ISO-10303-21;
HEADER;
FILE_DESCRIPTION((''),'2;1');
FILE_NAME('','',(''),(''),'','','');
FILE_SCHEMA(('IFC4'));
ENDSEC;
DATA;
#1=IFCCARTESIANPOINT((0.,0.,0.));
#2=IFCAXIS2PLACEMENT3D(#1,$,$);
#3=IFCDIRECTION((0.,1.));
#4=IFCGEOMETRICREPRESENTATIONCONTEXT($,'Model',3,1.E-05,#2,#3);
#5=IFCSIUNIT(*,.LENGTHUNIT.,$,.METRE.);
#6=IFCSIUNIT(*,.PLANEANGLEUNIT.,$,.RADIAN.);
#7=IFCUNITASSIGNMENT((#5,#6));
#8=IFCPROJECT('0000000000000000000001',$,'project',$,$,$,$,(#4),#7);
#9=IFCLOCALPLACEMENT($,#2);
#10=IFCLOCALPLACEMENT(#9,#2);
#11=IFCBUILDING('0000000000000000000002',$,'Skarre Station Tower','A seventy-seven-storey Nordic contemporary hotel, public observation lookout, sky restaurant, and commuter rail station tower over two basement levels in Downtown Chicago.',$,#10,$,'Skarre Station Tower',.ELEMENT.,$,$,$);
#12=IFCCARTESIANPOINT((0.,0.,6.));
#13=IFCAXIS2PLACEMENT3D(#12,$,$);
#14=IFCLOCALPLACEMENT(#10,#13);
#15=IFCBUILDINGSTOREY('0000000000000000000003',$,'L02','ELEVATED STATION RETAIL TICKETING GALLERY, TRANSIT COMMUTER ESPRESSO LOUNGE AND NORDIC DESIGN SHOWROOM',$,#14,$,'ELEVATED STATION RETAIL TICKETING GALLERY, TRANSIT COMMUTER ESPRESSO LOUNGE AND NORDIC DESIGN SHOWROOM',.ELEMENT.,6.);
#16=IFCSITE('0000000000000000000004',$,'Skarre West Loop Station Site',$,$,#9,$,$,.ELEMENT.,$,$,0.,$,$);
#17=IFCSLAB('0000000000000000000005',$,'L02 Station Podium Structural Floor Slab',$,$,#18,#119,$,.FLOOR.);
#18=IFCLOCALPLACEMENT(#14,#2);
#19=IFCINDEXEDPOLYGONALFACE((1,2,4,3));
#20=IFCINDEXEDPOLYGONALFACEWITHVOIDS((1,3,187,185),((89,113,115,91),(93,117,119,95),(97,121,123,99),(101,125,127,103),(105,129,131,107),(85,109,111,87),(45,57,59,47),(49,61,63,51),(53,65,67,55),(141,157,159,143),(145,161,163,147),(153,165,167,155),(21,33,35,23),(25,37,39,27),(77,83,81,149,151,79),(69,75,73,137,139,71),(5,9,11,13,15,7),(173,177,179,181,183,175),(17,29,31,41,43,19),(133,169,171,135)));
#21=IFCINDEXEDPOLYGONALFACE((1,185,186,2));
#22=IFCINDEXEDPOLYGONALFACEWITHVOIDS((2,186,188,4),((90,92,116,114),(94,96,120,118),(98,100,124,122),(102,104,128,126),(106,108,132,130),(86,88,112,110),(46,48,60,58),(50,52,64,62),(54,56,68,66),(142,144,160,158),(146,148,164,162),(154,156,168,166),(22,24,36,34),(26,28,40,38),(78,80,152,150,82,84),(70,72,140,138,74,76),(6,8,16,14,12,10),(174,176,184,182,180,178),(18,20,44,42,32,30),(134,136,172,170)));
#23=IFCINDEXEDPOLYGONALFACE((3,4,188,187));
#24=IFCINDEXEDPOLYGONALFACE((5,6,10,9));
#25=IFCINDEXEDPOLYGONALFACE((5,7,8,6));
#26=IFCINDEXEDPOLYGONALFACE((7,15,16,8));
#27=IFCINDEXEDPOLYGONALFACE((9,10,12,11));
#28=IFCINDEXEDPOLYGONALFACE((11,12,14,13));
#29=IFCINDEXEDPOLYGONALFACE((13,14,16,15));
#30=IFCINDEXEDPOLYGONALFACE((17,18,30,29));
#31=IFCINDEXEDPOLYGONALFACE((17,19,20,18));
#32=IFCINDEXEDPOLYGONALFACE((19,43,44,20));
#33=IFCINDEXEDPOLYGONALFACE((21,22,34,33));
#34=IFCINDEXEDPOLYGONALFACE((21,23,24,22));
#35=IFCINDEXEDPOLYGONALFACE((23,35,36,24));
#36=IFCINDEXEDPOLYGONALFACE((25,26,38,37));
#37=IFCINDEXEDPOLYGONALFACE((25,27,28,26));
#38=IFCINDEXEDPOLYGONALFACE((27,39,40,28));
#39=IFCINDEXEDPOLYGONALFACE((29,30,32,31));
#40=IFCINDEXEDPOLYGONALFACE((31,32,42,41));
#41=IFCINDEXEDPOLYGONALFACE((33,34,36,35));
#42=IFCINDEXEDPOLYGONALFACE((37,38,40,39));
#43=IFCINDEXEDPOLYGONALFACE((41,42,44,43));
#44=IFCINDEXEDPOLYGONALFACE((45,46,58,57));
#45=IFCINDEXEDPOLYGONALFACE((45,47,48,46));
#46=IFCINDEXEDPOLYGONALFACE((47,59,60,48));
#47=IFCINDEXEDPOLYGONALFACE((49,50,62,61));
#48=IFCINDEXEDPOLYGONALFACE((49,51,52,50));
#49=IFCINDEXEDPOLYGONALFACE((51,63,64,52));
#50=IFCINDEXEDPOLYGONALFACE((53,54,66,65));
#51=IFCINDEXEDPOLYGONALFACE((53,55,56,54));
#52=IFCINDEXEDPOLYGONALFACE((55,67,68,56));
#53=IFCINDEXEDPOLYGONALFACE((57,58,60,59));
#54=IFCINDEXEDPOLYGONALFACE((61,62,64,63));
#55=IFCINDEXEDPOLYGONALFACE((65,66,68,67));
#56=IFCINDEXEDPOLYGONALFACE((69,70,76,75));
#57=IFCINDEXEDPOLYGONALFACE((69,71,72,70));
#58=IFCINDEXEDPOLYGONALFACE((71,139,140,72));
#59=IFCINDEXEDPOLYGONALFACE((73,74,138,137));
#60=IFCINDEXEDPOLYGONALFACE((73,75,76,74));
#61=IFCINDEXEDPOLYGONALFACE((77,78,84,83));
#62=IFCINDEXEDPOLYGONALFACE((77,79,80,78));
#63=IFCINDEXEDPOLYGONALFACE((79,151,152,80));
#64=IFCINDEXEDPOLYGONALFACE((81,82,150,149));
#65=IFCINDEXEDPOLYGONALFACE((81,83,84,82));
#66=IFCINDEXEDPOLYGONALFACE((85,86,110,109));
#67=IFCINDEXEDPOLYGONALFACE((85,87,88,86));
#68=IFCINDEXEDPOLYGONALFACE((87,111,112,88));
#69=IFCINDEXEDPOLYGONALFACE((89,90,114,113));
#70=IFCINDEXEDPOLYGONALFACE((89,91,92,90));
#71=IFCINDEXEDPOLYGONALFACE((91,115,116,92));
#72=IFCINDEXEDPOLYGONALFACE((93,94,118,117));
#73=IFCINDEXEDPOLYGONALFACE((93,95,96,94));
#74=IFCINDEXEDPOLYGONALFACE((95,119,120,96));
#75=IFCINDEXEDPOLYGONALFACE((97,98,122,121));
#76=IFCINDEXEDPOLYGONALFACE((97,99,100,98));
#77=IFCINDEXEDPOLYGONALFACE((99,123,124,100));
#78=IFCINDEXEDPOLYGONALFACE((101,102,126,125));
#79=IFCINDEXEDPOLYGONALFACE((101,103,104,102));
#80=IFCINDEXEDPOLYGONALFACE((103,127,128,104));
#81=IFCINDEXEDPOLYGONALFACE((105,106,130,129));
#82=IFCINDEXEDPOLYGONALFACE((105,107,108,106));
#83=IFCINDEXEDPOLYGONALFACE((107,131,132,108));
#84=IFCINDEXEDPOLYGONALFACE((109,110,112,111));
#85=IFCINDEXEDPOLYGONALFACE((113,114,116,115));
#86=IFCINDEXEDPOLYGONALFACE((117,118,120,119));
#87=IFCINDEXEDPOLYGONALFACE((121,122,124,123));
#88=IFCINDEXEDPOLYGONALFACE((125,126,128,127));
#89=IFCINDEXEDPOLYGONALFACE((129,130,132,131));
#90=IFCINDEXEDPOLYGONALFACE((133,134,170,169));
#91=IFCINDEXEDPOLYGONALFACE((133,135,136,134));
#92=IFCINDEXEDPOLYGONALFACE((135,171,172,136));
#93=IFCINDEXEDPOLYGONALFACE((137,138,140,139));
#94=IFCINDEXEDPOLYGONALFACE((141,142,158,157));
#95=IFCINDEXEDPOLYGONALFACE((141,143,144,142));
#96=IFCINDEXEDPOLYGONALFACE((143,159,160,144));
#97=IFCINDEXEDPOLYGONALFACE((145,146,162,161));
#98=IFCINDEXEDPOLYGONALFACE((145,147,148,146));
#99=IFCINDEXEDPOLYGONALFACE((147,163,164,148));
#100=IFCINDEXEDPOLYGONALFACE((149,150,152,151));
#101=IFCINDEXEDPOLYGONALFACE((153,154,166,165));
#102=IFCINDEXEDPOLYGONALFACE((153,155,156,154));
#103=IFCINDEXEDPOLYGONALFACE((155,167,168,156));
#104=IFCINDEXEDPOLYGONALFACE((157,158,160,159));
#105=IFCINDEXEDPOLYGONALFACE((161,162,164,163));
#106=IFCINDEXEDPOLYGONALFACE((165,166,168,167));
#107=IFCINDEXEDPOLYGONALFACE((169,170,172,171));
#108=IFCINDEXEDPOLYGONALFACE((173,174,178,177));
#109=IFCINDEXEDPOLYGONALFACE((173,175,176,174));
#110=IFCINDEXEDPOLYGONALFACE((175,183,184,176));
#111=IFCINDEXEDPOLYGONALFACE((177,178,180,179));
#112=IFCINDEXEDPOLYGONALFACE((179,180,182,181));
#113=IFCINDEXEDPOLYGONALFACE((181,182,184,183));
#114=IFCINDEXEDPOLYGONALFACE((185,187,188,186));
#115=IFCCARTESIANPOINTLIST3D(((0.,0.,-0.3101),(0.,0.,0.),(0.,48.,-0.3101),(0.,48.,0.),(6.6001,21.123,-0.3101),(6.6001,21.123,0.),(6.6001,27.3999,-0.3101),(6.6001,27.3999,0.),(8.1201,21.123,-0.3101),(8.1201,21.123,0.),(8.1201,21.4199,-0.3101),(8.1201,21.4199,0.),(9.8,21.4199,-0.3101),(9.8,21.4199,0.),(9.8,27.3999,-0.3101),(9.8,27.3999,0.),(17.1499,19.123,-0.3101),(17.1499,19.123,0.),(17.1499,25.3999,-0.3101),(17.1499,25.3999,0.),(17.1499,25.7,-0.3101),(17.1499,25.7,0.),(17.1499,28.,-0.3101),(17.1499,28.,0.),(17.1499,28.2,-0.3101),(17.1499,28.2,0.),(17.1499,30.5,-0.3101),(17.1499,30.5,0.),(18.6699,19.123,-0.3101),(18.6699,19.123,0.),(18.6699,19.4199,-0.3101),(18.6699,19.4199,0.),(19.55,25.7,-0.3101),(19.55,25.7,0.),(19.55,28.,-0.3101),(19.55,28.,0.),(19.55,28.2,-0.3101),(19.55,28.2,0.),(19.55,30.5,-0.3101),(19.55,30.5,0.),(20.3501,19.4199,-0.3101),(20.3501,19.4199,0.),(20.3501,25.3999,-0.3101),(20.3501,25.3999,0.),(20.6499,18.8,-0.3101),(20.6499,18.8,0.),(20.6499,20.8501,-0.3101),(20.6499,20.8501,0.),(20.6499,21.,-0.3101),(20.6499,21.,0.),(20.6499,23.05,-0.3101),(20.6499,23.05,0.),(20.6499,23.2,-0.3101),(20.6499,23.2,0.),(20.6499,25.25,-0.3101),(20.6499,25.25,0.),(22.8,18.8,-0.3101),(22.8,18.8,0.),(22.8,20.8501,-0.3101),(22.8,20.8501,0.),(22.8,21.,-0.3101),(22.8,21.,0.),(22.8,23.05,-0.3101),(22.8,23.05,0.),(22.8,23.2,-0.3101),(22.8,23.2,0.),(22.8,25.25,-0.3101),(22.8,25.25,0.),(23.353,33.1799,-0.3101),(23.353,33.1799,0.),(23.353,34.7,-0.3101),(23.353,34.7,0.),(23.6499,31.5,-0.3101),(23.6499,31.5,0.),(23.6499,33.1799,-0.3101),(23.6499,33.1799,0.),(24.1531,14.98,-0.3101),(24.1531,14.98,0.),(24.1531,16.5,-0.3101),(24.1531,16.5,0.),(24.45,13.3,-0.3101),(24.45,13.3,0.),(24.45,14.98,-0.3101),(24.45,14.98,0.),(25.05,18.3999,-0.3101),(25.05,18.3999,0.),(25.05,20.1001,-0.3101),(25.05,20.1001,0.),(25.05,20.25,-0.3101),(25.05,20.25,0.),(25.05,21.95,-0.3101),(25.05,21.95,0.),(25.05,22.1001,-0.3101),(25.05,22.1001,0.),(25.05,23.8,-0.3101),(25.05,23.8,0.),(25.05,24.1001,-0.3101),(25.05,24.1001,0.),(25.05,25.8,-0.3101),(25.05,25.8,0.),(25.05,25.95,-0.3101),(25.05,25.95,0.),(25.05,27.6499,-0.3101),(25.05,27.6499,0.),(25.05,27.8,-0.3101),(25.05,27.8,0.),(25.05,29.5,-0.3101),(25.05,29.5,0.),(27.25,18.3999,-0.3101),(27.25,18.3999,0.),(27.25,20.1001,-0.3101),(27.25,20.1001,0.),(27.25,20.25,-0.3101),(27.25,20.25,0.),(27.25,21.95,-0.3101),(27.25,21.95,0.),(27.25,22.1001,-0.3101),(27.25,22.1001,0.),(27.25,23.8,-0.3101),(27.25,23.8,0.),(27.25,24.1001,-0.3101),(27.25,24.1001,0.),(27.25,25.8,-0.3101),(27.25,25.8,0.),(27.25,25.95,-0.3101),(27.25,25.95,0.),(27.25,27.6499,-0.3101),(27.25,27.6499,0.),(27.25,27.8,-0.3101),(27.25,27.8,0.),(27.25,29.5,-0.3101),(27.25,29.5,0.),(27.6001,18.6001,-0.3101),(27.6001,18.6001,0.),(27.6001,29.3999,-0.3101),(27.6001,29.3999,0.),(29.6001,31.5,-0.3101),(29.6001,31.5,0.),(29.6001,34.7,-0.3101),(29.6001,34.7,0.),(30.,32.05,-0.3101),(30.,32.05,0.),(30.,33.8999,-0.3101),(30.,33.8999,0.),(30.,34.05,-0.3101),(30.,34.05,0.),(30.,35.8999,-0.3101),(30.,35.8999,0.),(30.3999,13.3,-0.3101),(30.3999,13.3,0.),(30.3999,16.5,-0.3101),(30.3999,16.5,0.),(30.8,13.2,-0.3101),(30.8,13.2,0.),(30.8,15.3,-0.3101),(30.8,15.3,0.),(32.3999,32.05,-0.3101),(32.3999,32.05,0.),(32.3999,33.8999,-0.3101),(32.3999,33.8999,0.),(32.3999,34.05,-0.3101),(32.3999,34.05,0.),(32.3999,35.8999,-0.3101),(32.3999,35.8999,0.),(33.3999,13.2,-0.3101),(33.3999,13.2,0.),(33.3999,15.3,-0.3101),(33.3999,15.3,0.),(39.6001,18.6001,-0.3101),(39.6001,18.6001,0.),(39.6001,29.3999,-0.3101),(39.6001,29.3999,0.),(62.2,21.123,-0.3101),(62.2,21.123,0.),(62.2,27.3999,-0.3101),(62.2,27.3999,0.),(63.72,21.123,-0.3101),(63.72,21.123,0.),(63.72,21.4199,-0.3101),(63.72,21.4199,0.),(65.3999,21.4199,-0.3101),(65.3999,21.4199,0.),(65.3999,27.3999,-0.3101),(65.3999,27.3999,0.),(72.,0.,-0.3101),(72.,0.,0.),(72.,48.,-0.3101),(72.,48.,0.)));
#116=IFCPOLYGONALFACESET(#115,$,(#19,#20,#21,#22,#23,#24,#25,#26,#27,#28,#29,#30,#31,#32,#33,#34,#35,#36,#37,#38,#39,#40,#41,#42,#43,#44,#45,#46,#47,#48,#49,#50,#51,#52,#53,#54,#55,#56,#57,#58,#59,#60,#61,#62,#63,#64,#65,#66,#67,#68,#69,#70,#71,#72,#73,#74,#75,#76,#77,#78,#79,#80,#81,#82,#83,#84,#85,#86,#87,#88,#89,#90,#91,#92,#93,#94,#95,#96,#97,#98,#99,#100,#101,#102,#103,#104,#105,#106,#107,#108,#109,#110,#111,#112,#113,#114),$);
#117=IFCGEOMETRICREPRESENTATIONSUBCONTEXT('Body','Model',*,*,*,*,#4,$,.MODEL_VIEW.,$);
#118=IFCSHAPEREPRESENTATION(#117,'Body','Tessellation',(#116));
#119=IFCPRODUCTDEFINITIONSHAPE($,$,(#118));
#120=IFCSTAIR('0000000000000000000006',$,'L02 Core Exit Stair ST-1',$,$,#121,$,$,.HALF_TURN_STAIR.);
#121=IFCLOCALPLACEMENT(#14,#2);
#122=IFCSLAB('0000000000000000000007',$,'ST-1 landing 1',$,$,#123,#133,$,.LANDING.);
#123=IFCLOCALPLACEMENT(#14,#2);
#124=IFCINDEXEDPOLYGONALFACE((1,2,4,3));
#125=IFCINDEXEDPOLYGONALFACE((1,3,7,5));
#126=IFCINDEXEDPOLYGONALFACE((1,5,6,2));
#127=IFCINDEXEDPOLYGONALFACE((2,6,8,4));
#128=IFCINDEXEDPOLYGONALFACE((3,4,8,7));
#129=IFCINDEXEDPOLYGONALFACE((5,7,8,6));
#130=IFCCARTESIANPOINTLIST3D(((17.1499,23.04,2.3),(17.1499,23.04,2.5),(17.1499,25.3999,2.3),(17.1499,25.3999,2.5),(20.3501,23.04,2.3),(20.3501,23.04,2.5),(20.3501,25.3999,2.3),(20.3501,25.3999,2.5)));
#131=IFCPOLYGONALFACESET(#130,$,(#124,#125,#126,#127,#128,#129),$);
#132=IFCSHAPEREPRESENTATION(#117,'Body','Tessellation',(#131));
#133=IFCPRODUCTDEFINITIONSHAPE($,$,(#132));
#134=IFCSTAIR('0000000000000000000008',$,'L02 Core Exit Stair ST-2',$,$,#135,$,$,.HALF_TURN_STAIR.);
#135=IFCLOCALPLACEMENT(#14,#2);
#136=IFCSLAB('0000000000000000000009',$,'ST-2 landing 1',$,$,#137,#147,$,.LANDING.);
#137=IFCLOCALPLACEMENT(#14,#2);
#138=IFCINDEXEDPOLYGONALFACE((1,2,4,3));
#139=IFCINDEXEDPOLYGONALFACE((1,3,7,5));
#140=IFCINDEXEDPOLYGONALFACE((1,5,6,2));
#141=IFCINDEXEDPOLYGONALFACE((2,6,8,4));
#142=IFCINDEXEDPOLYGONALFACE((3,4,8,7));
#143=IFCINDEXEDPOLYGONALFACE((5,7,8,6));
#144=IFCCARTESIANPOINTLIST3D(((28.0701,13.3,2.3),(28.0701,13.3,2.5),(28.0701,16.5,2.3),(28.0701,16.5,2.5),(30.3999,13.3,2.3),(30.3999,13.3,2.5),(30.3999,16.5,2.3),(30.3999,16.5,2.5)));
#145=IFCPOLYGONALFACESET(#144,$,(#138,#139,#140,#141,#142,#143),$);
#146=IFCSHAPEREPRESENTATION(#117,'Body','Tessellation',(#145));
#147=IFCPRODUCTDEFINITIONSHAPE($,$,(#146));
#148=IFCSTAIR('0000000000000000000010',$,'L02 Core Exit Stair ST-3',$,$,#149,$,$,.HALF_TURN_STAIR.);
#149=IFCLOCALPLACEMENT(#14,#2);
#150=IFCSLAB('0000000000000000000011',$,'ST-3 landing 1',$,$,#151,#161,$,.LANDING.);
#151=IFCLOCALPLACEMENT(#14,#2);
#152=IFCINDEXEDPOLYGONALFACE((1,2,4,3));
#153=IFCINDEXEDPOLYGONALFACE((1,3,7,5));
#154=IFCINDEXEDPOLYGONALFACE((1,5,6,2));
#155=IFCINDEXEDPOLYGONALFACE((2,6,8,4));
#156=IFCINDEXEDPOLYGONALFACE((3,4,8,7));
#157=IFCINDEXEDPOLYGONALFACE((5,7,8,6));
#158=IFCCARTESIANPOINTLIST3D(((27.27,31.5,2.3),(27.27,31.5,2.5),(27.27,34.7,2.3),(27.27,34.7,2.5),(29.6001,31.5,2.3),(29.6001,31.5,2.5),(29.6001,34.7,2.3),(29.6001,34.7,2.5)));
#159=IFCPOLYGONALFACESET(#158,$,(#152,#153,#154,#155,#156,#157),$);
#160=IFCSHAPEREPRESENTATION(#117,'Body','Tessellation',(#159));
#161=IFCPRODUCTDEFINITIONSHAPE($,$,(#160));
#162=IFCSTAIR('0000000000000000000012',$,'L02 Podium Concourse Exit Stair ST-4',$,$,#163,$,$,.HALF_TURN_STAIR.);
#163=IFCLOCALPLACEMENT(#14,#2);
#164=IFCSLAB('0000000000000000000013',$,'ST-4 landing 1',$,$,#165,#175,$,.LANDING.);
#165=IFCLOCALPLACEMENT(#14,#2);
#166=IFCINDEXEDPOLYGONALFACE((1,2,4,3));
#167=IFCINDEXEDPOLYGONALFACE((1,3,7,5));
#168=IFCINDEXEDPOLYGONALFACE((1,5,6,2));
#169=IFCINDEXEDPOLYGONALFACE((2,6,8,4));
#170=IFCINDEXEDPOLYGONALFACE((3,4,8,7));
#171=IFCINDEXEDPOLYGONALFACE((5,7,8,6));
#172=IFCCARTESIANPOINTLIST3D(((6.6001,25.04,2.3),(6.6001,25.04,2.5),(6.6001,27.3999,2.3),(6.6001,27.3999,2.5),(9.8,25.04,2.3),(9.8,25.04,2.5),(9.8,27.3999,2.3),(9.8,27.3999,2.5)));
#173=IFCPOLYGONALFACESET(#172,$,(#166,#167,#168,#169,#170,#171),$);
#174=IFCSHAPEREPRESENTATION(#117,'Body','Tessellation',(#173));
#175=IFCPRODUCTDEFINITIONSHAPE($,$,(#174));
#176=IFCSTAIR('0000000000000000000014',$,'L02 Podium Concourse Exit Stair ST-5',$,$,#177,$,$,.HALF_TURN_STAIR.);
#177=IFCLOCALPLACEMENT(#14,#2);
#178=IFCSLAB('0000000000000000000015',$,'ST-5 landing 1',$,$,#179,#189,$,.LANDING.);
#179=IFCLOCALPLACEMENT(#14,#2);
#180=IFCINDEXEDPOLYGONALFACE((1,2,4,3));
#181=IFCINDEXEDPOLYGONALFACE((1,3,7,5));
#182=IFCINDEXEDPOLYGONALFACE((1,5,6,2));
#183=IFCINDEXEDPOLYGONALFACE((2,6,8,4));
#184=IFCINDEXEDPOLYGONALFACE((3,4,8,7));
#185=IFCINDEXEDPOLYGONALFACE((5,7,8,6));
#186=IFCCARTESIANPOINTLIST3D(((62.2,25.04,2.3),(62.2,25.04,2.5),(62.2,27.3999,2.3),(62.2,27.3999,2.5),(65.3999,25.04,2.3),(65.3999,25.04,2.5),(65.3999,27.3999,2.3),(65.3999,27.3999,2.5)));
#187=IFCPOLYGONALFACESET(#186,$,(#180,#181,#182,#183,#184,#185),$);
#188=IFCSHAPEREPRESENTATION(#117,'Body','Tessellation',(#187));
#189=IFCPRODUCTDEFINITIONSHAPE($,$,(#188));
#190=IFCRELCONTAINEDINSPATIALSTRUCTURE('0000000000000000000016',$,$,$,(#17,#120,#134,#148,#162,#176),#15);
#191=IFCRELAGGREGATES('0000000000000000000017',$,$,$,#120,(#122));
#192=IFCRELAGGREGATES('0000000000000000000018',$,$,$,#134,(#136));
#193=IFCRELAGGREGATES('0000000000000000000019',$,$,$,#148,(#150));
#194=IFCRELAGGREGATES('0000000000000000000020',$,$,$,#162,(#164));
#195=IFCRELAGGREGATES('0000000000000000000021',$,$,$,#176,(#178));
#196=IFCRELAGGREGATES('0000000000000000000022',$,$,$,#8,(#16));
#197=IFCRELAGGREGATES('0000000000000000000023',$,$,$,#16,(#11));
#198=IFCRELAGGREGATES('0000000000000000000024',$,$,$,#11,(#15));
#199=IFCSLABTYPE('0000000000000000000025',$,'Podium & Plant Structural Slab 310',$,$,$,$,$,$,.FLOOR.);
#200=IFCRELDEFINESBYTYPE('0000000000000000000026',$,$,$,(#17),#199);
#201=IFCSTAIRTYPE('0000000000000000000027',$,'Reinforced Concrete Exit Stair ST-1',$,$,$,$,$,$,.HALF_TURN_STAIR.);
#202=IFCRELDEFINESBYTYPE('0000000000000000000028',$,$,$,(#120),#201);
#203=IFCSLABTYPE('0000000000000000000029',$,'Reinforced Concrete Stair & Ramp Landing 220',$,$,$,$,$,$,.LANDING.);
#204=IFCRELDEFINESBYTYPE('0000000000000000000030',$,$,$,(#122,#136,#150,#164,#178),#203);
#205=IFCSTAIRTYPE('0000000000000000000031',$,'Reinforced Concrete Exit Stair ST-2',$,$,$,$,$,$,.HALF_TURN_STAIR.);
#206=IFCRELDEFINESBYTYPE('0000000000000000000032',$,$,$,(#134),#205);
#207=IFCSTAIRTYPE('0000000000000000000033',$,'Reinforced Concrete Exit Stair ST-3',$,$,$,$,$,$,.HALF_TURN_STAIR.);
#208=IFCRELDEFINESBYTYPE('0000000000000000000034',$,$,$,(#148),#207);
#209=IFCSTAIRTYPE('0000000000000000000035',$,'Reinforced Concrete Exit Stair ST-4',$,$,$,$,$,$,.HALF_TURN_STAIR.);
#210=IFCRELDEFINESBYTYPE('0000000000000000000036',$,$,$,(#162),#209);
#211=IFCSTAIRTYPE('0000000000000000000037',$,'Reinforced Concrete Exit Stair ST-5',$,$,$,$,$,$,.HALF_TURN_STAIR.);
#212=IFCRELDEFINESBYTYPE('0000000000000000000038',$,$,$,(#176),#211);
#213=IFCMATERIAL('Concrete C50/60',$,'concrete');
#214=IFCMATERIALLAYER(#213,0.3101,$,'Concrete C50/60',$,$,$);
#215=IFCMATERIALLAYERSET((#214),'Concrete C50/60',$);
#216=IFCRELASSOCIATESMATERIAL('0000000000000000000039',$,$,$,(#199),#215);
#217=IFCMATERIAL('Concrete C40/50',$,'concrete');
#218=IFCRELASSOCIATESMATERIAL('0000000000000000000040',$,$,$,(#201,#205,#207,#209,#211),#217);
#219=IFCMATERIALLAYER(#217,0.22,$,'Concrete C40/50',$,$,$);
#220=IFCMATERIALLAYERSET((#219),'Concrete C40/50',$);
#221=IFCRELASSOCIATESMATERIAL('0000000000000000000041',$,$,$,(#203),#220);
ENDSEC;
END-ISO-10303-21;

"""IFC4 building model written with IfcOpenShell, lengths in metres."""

from ifc_helpers import new_model, si_unit, direction, frame, origin, place, context, subcontext, project, spatial, polyline, outline, extrude, material, layer, layer_set, type_object, element, aggregate, save


model = new_model("IFC4")

# Units and contexts
model_context = context("Model", 3, precision=1e-05, world=origin(), true_north=direction((0.0, 1.0)))
body_context = subcontext(model_context, "Body", "Model", "MODEL_VIEW")
ifc_project = project(units=[si_unit("LENGTHUNIT", "METRE"), si_unit("PLANEANGLEUNIT", "RADIAN")], contexts=[model_context])

# Site, building, storey
site_placement = place(None, origin())
site = spatial("IfcSite", under=ifc_project, at=site_placement, Name="Skarre West Loop Station Site", CompositionType="ELEMENT", RefElevation=0.0)
building_placement = place(site_placement, origin())
building = spatial("IfcBuilding", under=site, at=building_placement, Name="Skarre Station Tower", Description="A seventy-seven-storey Nordic contemporary hotel, public observation lookout, sky restaurant, and commuter rail station tower over two basement levels in Downtown Chicago.", LongName="Skarre Station Tower", CompositionType="ELEMENT")
storey_placement = place(building_placement, frame((0.0, 0.0, 6.0)))
storey = spatial("IfcBuildingStorey", under=building, at=storey_placement, Name="L02", Description="ELEVATED STATION RETAIL TICKETING GALLERY, TRANSIT COMMUTER ESPRESSO LOUNGE AND NORDIC DESIGN SHOWROOM", LongName="ELEVATED STATION RETAIL TICKETING GALLERY, TRANSIT COMMUTER ESPRESSO LOUNGE AND NORDIC DESIGN SHOWROOM", CompositionType="ELEMENT", Elevation=6.0)

# Slab
ifc_material_1 = material(Name="Concrete C50/60", Category="concrete")
ifc_layer_1 = layer(ifc_material_1, 0.3101, Name="Concrete C50/60")
ifc_layer_set_1 = layer_set([ifc_layer_1], Name="Concrete C50/60")
slab_type_1 = type_object("IfcSlabType", Name="Podium & Plant Structural Slab 310", PredefinedType="FLOOR", material=ifc_layer_set_1)
slab_1_placement = place(storey_placement, frame((0.0, 0.0, -0.3101)))
element("IfcSlab", 1, at=slab_1_placement, inside=storey, type_object=slab_type_1, Name="L02 Station Podium Structural Floor Slab", PredefinedType="FLOOR", context=body_context, shape_type="SweptSolid", body=[
    extrude(outline(polyline([(0.0, 0.0), (72.0, 0.0), (72.0, 48.0), (0.0, 48.0), (0.0, 0.0)]), holes=[polyline([(18.6699, 19.4199), (18.6699, 19.123), (17.1499, 19.123), (17.1499, 25.3999), (20.3501, 25.3999), (20.3501, 19.4199), (18.6699, 19.4199)]), polyline([(24.45, 14.98), (24.1531, 14.98), (24.1531, 16.5), (30.3999, 16.5), (30.3999, 13.3), (24.45, 13.3), (24.45, 14.98)]), polyline([(23.6499, 33.1799), (23.353, 33.1799), (23.353, 34.7), (29.6001, 34.7), (29.6001, 31.5), (23.6499, 31.5), (23.6499, 33.1799)]), polyline([(8.1201, 21.4199), (8.1201, 21.123), (6.6001, 21.123), (6.6001, 27.3999), (9.8, 27.3999), (9.8, 21.4199), (8.1201, 21.4199)]), polyline([(63.72, 21.4199), (63.72, 21.123), (62.2, 21.123), (62.2, 27.3999), (65.3999, 27.3999), (65.3999, 21.4199), (63.72, 21.4199)]), polyline([(17.1499, 28.0), (19.55, 28.0), (19.55, 25.7), (17.1499, 25.7), (17.1499, 28.0)]), polyline([(17.1499, 30.5), (19.55, 30.5), (19.55, 28.2), (17.1499, 28.2), (17.1499, 30.5)]), polyline([(30.8, 15.3), (33.3999, 15.3), (33.3999, 13.2), (30.8, 13.2), (30.8, 15.3)]), polyline([(25.05, 20.1001), (27.25, 20.1001), (27.25, 18.3999), (25.05, 18.3999), (25.05, 20.1001)]), polyline([(25.05, 21.95), (27.25, 21.95), (27.25, 20.25), (25.05, 20.25), (25.05, 21.95)]), polyline([(25.05, 23.8), (27.25, 23.8), (27.25, 22.1001), (25.05, 22.1001), (25.05, 23.8)]), polyline([(25.05, 25.8), (27.25, 25.8), (27.25, 24.1001), (25.05, 24.1001), (25.05, 25.8)]), polyline([(25.05, 27.6499), (27.25, 27.6499), (27.25, 25.95), (25.05, 25.95), (25.05, 27.6499)]), polyline([(25.05, 29.5), (27.25, 29.5), (27.25, 27.8), (25.05, 27.8), (25.05, 29.5)]), polyline([(20.6499, 20.8501), (22.8, 20.8501), (22.8, 18.8), (20.6499, 18.8), (20.6499, 20.8501)]), polyline([(20.6499, 23.05), (22.8, 23.05), (22.8, 21.0), (20.6499, 21.0), (20.6499, 23.05)]), polyline([(20.6499, 25.25), (22.8, 25.25), (22.8, 23.2), (20.6499, 23.2), (20.6499, 25.25)]), polyline([(30.0, 33.8999), (32.3999, 33.8999), (32.3999, 32.05), (30.0, 32.05), (30.0, 33.8999)]), polyline([(30.0, 35.8999), (32.3999, 35.8999), (32.3999, 34.05), (30.0, 34.05), (30.0, 35.8999)]), polyline([(27.6001, 29.3999), (39.6001, 29.3999), (39.6001, 18.6001), (27.6001, 18.6001), (27.6001, 29.3999)])]), origin(), (0.0, 0.0, 1.0), 0.3101),
])

# Stairs, slabs
ifc_material_2 = material(Name="Concrete C40/50", Category="concrete")
stair_type_1 = type_object("IfcStairType", Name="Reinforced Concrete Exit Stair ST-1", PredefinedType="HALF_TURN_STAIR", material=ifc_material_2)
stair_1_placement = place(storey_placement, origin())
stair_1 = element("IfcStair", 2, at=stair_1_placement, inside=storey, type_object=stair_type_1, Name="L02 Core Exit Stair ST-1", PredefinedType="HALF_TURN_STAIR")
ifc_layer_2 = layer(ifc_material_2, 0.22, Name="Concrete C40/50")
ifc_layer_set_2 = layer_set([ifc_layer_2], Name="Concrete C40/50")
slab_type_2 = type_object("IfcSlabType", Name="Reinforced Concrete Stair & Ramp Landing 220", PredefinedType="LANDING", material=ifc_layer_set_2)
slab_2_placement = place(storey_placement, frame((0.0, 0.0, 2.3)))
slab_2 = element("IfcSlab", 3, at=slab_2_placement, type_object=slab_type_2, Name="ST-1 landing 1", PredefinedType="LANDING", context=body_context, shape_type="SweptSolid", body=[
    extrude(outline(polyline([(20.3501, 23.04), (20.3501, 25.3999), (17.1499, 25.3999), (17.1499, 23.04), (20.3501, 23.04)])), origin(), (0.0, 0.0, 1.0), 0.2),
])
aggregate(stair_1, [slab_2])
stair_type_2 = type_object("IfcStairType", Name="Reinforced Concrete Exit Stair ST-2", PredefinedType="HALF_TURN_STAIR", material=ifc_material_2)
stair_2_placement = place(storey_placement, origin())
stair_2 = element("IfcStair", 4, at=stair_2_placement, inside=storey, type_object=stair_type_2, Name="L02 Core Exit Stair ST-2", PredefinedType="HALF_TURN_STAIR")
slab_3_placement = place(storey_placement, frame((0.0, 0.0, 2.3)))
slab_3 = element("IfcSlab", 5, at=slab_3_placement, type_object=slab_type_2, Name="ST-2 landing 1", PredefinedType="LANDING", context=body_context, shape_type="SweptSolid", body=[
    extrude(outline(polyline([(28.0701, 13.3), (30.3999, 13.3), (30.3999, 16.5), (28.0701, 16.5), (28.0701, 13.3)])), origin(), (0.0, 0.0, 1.0), 0.2),
])
aggregate(stair_2, [slab_3])
stair_type_3 = type_object("IfcStairType", Name="Reinforced Concrete Exit Stair ST-3", PredefinedType="HALF_TURN_STAIR", material=ifc_material_2)
stair_3_placement = place(storey_placement, origin())
stair_3 = element("IfcStair", 6, at=stair_3_placement, inside=storey, type_object=stair_type_3, Name="L02 Core Exit Stair ST-3", PredefinedType="HALF_TURN_STAIR")
slab_4_placement = place(storey_placement, frame((0.0, 0.0, 2.3)))
slab_4 = element("IfcSlab", 7, at=slab_4_placement, type_object=slab_type_2, Name="ST-3 landing 1", PredefinedType="LANDING", context=body_context, shape_type="SweptSolid", body=[
    extrude(outline(polyline([(27.27, 31.5), (29.6001, 31.5), (29.6001, 34.7), (27.27, 34.7), (27.27, 31.5)])), origin(), (0.0, 0.0, 1.0), 0.2),
])
aggregate(stair_3, [slab_4])
stair_type_4 = type_object("IfcStairType", Name="Reinforced Concrete Exit Stair ST-4", PredefinedType="HALF_TURN_STAIR", material=ifc_material_2)
stair_4_placement = place(storey_placement, origin())
stair_4 = element("IfcStair", 8, at=stair_4_placement, inside=storey, type_object=stair_type_4, Name="L02 Podium Concourse Exit Stair ST-4", PredefinedType="HALF_TURN_STAIR")
slab_5_placement = place(storey_placement, frame((0.0, 0.0, 2.3)))
slab_5 = element("IfcSlab", 9, at=slab_5_placement, type_object=slab_type_2, Name="ST-4 landing 1", PredefinedType="LANDING", context=body_context, shape_type="SweptSolid", body=[
    extrude(outline(polyline([(9.8, 25.04), (9.8, 27.3999), (6.6001, 27.3999), (6.6001, 25.04), (9.8, 25.04)])), origin(), (0.0, 0.0, 1.0), 0.2),
])
aggregate(stair_4, [slab_5])
stair_type_5 = type_object("IfcStairType", Name="Reinforced Concrete Exit Stair ST-5", PredefinedType="HALF_TURN_STAIR", material=ifc_material_2)
stair_5_placement = place(storey_placement, origin())
stair_5 = element("IfcStair", 10, at=stair_5_placement, inside=storey, type_object=stair_type_5, Name="L02 Podium Concourse Exit Stair ST-5", PredefinedType="HALF_TURN_STAIR")
slab_6_placement = place(storey_placement, frame((0.0, 0.0, 2.3)))
slab_6 = element("IfcSlab", 11, at=slab_6_placement, type_object=slab_type_2, Name="ST-5 landing 1", PredefinedType="LANDING", context=body_context, shape_type="SweptSolid", body=[
    extrude(outline(polyline([(65.3999, 25.04), (65.3999, 27.3999), (62.2, 27.3999), (62.2, 25.04), (65.3999, 25.04)])), origin(), (0.0, 0.0, 1.0), 0.2),
])
aggregate(stair_5, [slab_6])

save(model, "model.ifc")
